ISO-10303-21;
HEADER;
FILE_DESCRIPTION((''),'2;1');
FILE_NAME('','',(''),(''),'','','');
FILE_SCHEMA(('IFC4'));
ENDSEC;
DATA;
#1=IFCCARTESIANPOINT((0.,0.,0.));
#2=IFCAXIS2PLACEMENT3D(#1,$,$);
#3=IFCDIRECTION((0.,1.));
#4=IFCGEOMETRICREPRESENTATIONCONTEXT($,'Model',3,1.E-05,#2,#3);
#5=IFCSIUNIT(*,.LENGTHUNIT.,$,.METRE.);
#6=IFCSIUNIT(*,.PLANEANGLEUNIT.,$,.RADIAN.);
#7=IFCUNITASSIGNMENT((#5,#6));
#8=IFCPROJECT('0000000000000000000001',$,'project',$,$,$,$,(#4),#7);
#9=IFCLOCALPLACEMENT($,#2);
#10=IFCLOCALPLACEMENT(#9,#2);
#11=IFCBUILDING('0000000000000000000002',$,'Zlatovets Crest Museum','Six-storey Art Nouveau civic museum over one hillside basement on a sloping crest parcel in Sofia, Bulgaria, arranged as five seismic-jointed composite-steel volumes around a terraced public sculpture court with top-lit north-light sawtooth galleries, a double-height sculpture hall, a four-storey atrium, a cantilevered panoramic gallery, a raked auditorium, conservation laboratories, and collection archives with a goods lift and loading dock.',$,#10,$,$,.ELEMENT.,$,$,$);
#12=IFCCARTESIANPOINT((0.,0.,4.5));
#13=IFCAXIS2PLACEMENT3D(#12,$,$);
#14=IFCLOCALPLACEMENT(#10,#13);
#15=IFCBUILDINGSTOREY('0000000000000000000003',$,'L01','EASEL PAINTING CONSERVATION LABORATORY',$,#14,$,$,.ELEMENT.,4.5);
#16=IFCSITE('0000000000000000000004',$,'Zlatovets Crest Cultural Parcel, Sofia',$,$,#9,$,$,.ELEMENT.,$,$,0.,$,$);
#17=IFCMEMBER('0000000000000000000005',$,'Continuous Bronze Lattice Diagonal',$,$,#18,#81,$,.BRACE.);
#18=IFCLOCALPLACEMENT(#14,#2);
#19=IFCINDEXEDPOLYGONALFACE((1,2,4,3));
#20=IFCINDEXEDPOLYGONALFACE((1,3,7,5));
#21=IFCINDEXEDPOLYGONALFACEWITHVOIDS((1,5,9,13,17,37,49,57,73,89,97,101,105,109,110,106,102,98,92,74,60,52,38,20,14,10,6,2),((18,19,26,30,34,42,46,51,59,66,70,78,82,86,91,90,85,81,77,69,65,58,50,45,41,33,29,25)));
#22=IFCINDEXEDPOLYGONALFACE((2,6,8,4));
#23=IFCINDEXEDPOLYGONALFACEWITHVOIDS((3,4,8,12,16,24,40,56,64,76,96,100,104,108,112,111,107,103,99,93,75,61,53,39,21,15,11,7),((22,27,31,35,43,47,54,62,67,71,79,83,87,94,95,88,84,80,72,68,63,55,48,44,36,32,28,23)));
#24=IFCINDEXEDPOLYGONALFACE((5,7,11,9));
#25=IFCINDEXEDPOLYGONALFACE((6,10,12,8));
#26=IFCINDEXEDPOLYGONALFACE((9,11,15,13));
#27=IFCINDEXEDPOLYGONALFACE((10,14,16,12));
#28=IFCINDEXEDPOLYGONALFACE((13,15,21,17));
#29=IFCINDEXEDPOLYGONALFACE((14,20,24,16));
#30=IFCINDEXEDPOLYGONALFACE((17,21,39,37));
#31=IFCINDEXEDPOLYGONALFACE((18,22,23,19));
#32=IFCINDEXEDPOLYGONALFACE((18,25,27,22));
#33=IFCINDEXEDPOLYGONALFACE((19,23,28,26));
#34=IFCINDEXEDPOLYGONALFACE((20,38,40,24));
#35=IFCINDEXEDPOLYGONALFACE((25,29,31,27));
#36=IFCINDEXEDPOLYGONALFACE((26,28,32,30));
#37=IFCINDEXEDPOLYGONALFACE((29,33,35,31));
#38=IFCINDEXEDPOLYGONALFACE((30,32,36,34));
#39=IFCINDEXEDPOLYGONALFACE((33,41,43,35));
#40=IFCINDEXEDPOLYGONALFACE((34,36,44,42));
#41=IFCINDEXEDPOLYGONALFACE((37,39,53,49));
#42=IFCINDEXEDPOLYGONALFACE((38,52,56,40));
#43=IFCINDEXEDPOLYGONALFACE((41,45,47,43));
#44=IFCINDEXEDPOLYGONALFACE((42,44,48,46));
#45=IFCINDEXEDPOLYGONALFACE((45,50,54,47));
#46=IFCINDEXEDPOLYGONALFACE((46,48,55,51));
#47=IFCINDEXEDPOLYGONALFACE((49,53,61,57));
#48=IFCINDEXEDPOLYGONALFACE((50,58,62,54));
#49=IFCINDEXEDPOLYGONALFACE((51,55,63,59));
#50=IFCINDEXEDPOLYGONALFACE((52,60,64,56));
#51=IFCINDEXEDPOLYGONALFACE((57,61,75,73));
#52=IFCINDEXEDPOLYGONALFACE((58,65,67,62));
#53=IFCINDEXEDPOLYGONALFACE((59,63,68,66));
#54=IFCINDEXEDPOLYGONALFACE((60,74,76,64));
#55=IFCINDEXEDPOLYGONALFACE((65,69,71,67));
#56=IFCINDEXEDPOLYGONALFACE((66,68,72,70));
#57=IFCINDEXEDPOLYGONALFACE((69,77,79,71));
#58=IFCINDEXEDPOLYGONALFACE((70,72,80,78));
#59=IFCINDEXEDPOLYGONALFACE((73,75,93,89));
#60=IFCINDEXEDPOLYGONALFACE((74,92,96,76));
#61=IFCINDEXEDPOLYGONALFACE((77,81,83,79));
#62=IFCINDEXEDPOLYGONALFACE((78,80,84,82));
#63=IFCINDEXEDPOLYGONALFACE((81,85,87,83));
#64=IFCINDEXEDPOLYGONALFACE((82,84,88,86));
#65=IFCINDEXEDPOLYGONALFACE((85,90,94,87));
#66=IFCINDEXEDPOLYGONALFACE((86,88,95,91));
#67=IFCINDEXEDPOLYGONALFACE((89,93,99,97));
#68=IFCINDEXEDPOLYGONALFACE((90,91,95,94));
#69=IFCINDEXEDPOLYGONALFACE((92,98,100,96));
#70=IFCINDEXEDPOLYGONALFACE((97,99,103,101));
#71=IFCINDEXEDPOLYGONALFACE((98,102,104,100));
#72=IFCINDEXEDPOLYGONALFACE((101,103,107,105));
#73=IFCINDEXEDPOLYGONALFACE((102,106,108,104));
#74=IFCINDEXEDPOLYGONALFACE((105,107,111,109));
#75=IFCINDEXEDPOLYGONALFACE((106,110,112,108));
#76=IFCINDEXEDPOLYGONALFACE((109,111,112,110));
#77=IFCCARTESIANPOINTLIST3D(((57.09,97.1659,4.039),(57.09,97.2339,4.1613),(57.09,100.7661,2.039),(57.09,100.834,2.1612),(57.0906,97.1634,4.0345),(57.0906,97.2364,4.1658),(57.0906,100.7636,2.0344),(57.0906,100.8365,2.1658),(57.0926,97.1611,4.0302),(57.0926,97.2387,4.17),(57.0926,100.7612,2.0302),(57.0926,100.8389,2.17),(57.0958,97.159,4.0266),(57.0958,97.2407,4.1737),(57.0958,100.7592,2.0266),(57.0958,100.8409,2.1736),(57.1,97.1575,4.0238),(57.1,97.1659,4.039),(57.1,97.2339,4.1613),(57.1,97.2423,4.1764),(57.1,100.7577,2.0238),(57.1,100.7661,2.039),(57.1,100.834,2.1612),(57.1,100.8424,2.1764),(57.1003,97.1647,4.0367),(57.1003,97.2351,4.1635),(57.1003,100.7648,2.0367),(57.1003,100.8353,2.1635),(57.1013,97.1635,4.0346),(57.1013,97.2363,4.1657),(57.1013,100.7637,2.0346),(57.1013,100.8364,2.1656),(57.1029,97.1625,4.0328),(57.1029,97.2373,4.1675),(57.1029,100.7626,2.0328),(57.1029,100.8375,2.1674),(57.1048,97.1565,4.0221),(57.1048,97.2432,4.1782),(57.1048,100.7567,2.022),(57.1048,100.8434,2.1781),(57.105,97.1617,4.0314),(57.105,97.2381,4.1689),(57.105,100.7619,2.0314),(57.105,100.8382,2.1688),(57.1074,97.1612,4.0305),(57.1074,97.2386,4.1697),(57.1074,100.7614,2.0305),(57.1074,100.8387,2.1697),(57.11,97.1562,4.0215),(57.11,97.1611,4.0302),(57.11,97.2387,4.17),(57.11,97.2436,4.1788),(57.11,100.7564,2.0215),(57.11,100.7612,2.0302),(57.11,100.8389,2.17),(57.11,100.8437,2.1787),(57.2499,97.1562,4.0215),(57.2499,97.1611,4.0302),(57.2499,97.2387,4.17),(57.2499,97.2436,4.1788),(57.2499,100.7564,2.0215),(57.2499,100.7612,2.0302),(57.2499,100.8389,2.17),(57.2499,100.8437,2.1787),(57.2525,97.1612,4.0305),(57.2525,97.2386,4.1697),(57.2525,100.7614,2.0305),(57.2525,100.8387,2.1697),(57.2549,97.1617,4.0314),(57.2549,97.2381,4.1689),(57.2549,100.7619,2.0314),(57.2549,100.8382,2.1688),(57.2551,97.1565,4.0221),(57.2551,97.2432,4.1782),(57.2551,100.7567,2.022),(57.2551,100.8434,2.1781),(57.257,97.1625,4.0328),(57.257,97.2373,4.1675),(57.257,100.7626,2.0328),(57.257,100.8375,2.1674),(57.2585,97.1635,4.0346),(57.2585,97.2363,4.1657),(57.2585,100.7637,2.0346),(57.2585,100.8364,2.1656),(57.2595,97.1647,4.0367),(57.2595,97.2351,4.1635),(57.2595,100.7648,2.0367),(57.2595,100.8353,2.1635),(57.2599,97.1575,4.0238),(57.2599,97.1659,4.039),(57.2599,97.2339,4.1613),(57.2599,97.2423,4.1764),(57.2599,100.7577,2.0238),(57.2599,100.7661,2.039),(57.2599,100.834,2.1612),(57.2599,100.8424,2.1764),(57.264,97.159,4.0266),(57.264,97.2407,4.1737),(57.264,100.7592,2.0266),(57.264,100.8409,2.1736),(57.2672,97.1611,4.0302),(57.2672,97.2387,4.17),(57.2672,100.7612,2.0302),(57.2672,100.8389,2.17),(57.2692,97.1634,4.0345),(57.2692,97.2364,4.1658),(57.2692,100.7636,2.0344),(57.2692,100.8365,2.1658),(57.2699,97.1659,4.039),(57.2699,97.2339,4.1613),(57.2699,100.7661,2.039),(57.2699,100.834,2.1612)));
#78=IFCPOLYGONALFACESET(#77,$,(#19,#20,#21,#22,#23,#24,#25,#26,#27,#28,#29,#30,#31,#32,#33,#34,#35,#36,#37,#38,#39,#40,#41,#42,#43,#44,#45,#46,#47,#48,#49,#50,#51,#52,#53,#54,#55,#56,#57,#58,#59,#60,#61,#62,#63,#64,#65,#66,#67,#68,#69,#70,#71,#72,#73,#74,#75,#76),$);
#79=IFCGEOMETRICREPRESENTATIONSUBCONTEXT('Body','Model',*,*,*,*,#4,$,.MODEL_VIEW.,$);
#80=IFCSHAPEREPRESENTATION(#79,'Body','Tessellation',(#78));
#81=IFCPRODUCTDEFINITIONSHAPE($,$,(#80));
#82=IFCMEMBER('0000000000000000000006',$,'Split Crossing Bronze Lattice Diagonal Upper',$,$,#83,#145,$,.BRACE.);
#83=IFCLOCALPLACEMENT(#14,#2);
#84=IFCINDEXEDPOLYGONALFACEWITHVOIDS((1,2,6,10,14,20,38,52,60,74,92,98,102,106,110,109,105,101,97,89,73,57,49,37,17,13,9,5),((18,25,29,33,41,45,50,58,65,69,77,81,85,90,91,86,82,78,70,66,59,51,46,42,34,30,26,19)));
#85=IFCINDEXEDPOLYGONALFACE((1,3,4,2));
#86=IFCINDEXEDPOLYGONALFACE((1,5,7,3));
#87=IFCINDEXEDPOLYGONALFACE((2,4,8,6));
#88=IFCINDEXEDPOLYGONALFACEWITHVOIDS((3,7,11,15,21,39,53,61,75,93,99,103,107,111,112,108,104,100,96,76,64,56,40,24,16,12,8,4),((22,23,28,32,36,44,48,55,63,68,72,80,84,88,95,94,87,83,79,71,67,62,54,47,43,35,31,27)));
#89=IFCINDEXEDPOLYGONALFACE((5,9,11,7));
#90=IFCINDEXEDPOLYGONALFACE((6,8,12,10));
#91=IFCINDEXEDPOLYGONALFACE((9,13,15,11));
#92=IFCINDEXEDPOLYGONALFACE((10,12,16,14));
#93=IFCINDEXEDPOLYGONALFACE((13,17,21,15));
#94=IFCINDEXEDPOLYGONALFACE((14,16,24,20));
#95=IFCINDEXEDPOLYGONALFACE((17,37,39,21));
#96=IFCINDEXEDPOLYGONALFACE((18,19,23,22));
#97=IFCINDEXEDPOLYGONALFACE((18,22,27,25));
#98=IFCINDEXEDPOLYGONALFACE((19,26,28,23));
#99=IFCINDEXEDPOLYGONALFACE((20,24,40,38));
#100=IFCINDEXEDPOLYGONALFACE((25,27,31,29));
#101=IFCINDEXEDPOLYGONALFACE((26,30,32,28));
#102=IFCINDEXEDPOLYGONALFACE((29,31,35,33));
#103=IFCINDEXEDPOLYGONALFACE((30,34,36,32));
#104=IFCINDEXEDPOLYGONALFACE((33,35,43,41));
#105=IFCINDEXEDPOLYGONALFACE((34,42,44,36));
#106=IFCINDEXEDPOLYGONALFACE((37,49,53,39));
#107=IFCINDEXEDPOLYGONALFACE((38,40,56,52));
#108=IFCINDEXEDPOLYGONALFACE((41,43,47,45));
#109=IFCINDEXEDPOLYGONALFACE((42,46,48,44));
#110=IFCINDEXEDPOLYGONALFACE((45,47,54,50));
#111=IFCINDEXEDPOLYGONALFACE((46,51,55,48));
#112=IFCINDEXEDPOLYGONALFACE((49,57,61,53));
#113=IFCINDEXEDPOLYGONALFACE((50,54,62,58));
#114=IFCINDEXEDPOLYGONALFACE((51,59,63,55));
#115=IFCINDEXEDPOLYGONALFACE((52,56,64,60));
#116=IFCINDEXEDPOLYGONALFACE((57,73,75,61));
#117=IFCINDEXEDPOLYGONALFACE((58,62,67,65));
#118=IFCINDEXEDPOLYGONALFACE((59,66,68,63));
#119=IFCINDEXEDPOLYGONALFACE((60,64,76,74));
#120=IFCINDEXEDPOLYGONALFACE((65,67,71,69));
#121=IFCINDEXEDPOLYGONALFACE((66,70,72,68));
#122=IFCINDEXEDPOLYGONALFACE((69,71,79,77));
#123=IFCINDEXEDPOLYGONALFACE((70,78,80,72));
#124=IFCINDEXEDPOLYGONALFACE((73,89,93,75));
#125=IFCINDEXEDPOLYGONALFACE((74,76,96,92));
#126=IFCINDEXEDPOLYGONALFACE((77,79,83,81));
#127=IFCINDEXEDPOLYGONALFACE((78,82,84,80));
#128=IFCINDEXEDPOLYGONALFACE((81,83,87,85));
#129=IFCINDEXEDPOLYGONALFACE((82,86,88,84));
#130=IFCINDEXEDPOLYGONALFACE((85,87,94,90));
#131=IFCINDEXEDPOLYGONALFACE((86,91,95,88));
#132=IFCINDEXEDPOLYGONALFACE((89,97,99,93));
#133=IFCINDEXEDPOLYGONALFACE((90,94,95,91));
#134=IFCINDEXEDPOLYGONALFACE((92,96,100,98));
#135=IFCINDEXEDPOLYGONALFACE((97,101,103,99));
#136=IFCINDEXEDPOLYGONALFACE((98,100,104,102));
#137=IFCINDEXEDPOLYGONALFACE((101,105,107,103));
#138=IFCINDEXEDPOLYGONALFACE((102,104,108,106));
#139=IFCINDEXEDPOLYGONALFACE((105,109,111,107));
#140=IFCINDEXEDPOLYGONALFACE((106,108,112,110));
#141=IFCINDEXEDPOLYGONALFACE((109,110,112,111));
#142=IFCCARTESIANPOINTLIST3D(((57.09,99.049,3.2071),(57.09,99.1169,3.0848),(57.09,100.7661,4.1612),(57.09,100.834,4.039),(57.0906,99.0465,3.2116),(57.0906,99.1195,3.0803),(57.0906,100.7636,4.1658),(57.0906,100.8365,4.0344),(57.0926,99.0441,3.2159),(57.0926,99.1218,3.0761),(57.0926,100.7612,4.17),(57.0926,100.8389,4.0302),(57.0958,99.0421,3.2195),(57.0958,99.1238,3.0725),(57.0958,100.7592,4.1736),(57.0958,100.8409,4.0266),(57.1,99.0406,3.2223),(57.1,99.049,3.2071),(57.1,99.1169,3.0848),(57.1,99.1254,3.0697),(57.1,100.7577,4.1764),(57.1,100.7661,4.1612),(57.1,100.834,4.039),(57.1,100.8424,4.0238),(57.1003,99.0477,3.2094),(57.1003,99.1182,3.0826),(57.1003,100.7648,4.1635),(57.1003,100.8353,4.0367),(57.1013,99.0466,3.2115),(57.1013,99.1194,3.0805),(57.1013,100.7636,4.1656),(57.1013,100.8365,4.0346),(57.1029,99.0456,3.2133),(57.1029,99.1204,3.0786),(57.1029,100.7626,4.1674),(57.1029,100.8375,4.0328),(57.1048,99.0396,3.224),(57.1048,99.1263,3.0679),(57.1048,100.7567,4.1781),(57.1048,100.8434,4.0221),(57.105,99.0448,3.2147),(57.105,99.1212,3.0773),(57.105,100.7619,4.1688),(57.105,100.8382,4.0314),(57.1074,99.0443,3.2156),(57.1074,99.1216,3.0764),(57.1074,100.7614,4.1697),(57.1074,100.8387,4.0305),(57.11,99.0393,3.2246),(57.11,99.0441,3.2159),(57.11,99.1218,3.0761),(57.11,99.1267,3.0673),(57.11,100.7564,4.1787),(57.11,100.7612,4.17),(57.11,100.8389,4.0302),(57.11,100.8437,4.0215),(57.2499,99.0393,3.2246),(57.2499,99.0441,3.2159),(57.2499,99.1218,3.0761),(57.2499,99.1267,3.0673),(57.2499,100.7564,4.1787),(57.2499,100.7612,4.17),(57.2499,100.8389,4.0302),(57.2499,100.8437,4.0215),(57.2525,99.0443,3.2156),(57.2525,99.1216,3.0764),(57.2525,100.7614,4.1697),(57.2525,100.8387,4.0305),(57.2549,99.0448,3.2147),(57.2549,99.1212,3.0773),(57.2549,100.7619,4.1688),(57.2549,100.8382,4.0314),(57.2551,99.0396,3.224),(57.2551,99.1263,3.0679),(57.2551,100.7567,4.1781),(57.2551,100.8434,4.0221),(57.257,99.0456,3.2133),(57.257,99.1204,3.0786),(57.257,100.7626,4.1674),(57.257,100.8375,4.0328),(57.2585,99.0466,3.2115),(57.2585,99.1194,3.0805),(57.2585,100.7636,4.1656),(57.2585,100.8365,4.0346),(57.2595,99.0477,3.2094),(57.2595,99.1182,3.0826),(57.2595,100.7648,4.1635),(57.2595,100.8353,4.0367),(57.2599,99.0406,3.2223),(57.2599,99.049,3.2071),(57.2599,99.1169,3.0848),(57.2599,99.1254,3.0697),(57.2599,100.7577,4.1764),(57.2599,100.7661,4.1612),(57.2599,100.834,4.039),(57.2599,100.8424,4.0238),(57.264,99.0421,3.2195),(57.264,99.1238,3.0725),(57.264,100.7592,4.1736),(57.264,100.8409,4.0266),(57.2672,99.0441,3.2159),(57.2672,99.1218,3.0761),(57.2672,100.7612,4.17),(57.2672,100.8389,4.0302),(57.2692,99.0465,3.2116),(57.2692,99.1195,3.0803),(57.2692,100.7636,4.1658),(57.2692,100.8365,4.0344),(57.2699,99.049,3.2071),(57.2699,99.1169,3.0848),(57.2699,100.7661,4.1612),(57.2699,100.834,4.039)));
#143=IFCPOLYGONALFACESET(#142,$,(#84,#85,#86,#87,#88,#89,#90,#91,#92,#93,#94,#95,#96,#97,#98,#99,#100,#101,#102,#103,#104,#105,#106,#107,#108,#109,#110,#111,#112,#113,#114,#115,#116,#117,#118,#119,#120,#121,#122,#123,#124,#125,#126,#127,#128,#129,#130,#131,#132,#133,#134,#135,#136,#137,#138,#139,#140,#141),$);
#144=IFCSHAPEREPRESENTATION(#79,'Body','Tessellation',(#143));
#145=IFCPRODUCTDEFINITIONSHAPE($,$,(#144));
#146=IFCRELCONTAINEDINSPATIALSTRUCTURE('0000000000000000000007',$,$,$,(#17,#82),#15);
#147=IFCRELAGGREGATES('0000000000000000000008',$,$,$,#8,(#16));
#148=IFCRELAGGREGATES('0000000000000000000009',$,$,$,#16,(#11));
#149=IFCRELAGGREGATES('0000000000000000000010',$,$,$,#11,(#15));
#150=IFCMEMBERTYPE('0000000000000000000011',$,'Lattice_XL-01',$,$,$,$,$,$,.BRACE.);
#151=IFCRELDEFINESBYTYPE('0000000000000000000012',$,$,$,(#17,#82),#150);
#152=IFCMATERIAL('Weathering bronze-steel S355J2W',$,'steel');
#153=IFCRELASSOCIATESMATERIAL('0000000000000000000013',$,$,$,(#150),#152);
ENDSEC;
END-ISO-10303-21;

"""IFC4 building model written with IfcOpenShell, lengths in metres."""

from ifc_helpers import new_model, si_unit, direction, frame, origin, origin_2d, place, context, subcontext, project, spatial, hollow_rectangle, extrude, material, material_profile, profile_set, type_object, element, save


model = new_model("IFC4")

# Units and contexts
model_context = context("Model", 3, precision=1e-05, world=origin(), true_north=direction((0.0, 1.0)))
body_context = subcontext(model_context, "Body", "Model", "MODEL_VIEW")
ifc_project = project(units=[si_unit("LENGTHUNIT", "METRE"), si_unit("PLANEANGLEUNIT", "RADIAN")], contexts=[model_context])

# Site, building, storey
site_placement = place(None, origin())
site = spatial("IfcSite", under=ifc_project, at=site_placement, Name="Zlatovets Crest Cultural Parcel, Sofia", CompositionType="ELEMENT", RefElevation=0.0)
building_placement = place(site_placement, origin())
building = spatial("IfcBuilding", under=site, at=building_placement, Name="Zlatovets Crest Museum", Description="Six-storey Art Nouveau civic museum over one hillside basement on a sloping crest parcel in Sofia, Bulgaria, arranged as five seismic-jointed composite-steel volumes around a terraced public sculpture court with top-lit north-light sawtooth galleries, a double-height sculpture hall, a four-storey atrium, a cantilevered panoramic gallery, a raked auditorium, conservation laboratories, and collection archives with a goods lift and loading dock.", CompositionType="ELEMENT")
storey_placement = place(building_placement, frame((0.0, 0.0, 4.5)))
storey = spatial("IfcBuildingStorey", under=building, at=storey_placement, Name="L01", Description="EASEL PAINTING CONSERVATION LABORATORY", CompositionType="ELEMENT", Elevation=4.5)

# Members
ifc_material_1 = material(Name="Weathering bronze-steel S355J2W", Category="steel")
ifc_material_profile_1 = material_profile(ifc_material_1, hollow_rectangle(XDim=0.1799, YDim=0.1799, WallThickness=0.01, InnerFilletRadius=0.01, OuterFilletRadius=0.02, at=origin_2d()), Name="SHS 180x180x10.0")
ifc_profile_set_1 = profile_set([ifc_material_profile_1], Name="Weathering bronze-steel S355J2W")
member_type_1 = type_object("IfcMemberType", Name="Lattice_XL-01", PredefinedType="BRACE", material=ifc_profile_set_1)
member_1_placement = place(storey_placement, frame((57.1799, 100.8, 2.1001), z_axis=(0.0, -0.874163, 0.485633), x_axis=(1.0, 0.0, 0.0)))
element("IfcMember", 1, at=member_1_placement, inside=storey, type_object=member_type_1, Name="Continuous Bronze Lattice Diagonal", PredefinedType="BRACE", context=body_context, shape_type="SweptSolid", body=[
    extrude(hollow_rectangle(XDim=0.1799, YDim=0.1799, WallThickness=0.01, InnerFilletRadius=0.01, OuterFilletRadius=0.02, at=origin_2d()), origin(), (0.0, 0.0, 1.0), 4.1184),
])
member_2_placement = place(storey_placement, frame((57.1799, 100.8, 4.1001), z_axis=(0.0, -0.874116, -0.485717), x_axis=(1.0, 0.0, 0.0)))
element("IfcMember", 2, at=member_2_placement, inside=storey, type_object=member_type_1, Name="Split Crossing Bronze Lattice Diagonal Upper", PredefinedType="BRACE", context=body_context, shape_type="SweptSolid", body=[
    extrude(hollow_rectangle(XDim=0.1799, YDim=0.1799, WallThickness=0.01, InnerFilletRadius=0.01, OuterFilletRadius=0.02, at=origin_2d()), origin(), (0.0, 0.0, 1.0), 1.9644),
])

save(model, "model.ifc")
